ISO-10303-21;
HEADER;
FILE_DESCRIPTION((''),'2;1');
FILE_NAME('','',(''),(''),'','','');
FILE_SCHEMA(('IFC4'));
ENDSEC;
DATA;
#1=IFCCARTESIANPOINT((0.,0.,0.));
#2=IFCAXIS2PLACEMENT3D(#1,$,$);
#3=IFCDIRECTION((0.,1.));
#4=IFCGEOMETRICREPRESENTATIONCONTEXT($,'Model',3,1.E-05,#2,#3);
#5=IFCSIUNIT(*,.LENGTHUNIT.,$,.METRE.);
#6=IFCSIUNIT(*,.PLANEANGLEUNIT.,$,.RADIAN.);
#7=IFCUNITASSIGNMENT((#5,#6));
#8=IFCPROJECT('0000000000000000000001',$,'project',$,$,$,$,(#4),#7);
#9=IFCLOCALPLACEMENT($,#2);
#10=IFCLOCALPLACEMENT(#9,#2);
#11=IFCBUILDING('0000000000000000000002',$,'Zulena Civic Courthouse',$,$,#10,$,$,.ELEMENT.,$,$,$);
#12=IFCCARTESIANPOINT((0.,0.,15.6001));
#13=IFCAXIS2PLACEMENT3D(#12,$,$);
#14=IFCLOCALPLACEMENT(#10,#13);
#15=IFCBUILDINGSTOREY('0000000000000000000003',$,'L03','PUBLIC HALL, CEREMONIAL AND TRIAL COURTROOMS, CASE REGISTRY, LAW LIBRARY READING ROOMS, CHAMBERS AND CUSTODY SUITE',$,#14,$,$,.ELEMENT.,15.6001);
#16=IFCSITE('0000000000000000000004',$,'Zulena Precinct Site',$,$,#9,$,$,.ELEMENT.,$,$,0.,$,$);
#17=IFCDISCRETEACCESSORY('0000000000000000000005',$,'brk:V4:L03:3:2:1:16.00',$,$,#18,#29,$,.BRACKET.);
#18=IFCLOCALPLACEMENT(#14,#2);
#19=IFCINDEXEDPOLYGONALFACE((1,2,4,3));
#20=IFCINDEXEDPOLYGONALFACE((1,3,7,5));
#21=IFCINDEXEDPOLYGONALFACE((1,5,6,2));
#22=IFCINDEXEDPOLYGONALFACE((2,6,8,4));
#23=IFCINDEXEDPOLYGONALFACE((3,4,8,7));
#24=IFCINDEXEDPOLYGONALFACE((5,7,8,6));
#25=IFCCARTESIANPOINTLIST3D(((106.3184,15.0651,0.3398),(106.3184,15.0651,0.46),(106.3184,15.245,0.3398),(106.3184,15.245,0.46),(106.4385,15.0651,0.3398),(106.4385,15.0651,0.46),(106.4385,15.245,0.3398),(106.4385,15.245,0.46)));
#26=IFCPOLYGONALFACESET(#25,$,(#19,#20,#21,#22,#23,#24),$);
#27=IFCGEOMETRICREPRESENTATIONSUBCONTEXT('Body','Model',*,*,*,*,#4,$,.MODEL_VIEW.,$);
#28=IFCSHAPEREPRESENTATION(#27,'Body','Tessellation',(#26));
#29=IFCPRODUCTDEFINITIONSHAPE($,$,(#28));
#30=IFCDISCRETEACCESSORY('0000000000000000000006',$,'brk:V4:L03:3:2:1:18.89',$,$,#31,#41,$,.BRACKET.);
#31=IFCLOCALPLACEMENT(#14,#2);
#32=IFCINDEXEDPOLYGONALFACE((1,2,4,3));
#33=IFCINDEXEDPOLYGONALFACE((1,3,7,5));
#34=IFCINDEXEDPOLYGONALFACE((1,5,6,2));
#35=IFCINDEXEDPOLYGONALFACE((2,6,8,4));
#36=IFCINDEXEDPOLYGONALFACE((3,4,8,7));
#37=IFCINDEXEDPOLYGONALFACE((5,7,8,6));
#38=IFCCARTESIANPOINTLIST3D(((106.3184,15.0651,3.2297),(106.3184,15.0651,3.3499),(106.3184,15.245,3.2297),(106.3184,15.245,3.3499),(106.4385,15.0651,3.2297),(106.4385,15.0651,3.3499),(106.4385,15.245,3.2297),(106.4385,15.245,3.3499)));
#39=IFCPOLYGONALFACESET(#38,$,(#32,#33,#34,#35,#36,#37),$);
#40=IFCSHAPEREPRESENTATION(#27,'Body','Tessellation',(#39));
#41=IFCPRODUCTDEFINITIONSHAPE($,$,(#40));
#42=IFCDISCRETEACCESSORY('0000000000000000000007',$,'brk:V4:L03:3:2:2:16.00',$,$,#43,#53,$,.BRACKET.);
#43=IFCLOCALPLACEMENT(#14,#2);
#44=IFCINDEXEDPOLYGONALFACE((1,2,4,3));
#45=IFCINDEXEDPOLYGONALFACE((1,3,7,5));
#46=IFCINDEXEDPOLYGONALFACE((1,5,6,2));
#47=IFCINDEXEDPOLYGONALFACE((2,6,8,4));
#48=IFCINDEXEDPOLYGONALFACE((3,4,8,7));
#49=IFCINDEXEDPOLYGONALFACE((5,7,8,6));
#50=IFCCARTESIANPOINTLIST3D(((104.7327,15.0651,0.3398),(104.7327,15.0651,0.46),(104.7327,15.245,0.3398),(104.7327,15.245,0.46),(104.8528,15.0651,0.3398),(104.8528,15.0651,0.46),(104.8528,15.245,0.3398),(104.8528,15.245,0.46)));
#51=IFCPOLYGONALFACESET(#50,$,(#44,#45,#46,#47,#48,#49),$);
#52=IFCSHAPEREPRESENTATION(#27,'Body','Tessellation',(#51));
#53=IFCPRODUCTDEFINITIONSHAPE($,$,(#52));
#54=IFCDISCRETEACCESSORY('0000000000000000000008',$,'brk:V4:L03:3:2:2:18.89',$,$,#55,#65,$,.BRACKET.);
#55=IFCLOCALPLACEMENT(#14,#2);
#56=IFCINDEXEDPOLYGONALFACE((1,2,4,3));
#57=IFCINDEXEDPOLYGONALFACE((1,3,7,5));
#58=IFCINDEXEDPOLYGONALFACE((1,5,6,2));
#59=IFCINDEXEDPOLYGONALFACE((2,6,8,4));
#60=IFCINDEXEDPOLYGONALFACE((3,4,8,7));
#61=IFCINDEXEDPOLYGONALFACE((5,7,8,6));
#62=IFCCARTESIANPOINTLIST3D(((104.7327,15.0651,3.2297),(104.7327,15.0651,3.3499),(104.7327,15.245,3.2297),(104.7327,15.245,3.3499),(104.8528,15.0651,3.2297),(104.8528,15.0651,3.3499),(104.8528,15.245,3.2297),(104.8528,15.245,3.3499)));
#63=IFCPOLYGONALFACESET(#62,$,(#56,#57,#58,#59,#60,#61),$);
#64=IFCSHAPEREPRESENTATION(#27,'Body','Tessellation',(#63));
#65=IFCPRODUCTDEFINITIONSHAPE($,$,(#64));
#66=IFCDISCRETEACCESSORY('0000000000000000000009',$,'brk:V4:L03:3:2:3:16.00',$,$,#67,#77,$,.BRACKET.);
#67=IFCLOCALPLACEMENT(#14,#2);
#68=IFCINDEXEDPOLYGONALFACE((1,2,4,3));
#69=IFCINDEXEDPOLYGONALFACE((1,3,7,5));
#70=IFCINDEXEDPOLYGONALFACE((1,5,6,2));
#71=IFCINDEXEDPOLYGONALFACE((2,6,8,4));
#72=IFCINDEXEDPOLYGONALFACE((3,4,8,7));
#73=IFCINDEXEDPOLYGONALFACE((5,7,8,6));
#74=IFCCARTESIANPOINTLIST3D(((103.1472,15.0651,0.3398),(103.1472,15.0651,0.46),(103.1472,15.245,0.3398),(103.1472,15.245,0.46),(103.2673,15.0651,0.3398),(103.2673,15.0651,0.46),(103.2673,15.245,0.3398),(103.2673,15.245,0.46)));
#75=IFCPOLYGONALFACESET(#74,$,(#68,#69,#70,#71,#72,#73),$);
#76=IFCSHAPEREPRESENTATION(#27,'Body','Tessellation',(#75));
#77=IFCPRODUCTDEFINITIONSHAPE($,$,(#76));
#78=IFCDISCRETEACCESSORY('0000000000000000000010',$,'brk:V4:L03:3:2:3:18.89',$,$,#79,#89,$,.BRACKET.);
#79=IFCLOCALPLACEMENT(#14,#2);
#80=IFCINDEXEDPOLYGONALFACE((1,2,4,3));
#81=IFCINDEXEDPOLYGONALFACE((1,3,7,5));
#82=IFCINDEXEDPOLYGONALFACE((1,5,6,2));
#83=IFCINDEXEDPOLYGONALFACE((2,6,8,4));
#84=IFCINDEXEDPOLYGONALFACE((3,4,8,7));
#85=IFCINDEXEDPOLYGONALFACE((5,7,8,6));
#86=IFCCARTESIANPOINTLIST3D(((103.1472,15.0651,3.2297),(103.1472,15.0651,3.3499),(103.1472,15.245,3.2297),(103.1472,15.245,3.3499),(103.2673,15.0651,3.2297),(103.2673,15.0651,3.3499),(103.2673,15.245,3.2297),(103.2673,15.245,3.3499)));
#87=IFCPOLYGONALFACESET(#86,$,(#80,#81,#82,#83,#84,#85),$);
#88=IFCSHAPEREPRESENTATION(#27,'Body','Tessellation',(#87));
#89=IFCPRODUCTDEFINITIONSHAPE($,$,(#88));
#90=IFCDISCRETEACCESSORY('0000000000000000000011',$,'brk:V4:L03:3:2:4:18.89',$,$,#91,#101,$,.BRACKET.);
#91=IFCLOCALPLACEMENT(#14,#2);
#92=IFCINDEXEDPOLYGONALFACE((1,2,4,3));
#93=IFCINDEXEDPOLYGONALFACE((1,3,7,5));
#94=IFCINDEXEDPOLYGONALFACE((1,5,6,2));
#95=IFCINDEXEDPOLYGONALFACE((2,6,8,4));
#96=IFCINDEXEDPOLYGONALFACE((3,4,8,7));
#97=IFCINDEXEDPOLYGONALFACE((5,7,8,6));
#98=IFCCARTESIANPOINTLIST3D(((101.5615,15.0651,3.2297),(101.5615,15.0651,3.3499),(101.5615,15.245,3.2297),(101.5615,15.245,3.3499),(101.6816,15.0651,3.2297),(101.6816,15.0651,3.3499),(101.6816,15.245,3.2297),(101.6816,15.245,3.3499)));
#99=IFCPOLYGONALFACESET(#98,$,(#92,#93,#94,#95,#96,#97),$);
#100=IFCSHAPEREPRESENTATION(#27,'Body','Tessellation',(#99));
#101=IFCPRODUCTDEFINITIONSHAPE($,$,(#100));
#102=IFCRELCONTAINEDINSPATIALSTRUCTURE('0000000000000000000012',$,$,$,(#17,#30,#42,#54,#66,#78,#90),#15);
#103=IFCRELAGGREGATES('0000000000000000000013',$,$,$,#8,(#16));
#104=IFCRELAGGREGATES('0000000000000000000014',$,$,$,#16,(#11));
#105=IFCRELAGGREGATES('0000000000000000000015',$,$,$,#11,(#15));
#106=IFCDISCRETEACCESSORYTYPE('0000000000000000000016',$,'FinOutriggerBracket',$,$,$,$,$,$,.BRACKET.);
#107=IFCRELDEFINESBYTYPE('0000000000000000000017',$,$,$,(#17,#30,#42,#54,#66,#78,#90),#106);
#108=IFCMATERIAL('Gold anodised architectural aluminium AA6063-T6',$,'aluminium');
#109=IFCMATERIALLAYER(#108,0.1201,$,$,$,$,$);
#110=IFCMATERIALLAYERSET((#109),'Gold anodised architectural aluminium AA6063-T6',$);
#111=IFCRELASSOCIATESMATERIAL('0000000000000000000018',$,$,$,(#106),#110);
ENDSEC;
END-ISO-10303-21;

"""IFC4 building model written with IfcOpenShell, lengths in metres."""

from ifc_helpers import new_model, si_unit, direction, frame, origin, origin_2d, place, context, subcontext, project, spatial, rectangle, extrude, material, layer, layer_set, type_object, element, save


model = new_model("IFC4")

# Units and contexts
model_context = context("Model", 3, precision=1e-05, world=origin(), true_north=direction((0.0, 1.0)))
body_context = subcontext(model_context, "Body", "Model", "MODEL_VIEW")
ifc_project = project(units=[si_unit("LENGTHUNIT", "METRE"), si_unit("PLANEANGLEUNIT", "RADIAN")], contexts=[model_context])

# Site, building, storey
site_placement = place(None, origin())
site = spatial("IfcSite", under=ifc_project, at=site_placement, Name="Zulena Precinct Site", CompositionType="ELEMENT", RefElevation=0.0)
building_placement = place(site_placement, origin())
building = spatial("IfcBuilding", under=site, at=building_placement, Name="Zulena Civic Courthouse", CompositionType="ELEMENT")
storey_placement = place(building_placement, frame((0.0, 0.0, 15.6001)))
storey = spatial("IfcBuildingStorey", under=building, at=storey_placement, Name="L03", Description="PUBLIC HALL, CEREMONIAL AND TRIAL COURTROOMS, CASE REGISTRY, LAW LIBRARY READING ROOMS, CHAMBERS AND CUSTODY SUITE", CompositionType="ELEMENT", Elevation=15.6001)

# Shared definitions
ifc_material_1 = material(Name="Gold anodised architectural aluminium AA6063-T6", Category="aluminium")

# Discrete accessories
ifc_layer_1 = layer(ifc_material_1, 0.1201)
ifc_layer_set_1 = layer_set([ifc_layer_1], Name="Gold anodised architectural aluminium AA6063-T6")
discrete_accessory_type = type_object("IfcDiscreteAccessoryType", Name="FinOutriggerBracket", PredefinedType="BRACKET", material=ifc_layer_set_1)
for number, where, z_axis, x_axis, name in (
    (1, (106.3784, 15.155, 0.3398), (0.0, 0.0, 1.0), (0.0, -1.0, 0.0), "brk:V4:L03:3:2:1:16.00"),
    (2, (106.3784, 15.155, 3.2297), (0.0, 0.0, 1.0), (0.0, -1.0, 0.0), "brk:V4:L03:3:2:1:18.89"),
    (3, (104.7927, 15.155, 0.3398), (0.0, 0.0, 1.0), (0.0, -1.0, 0.0), "brk:V4:L03:3:2:2:16.00"),
    (4, (104.7927, 15.155, 3.2297), (0.0, 0.0, 1.0), (0.0, -1.0, 0.0), "brk:V4:L03:3:2:2:18.89"),
    (5, (103.2073, 15.155, 0.3398), (0.0, 0.0, 1.0), (0.0, -1.0, 0.0), "brk:V4:L03:3:2:3:16.00"),
    (6, (103.2073, 15.155, 3.2297), (0.0, 0.0, 1.0), (0.0, -1.0, 0.0), "brk:V4:L03:3:2:3:18.89"),
    (7, (101.6216, 15.155, 3.2297), (0.0, 0.0, 1.0), (0.0, -1.0, 0.0), "brk:V4:L03:3:2:4:18.89"),
):
    element("IfcDiscreteAccessory", number, at=place(storey_placement, frame(where, z_axis=z_axis, x_axis=x_axis)), inside=storey, type_object=discrete_accessory_type, Name=name, PredefinedType="BRACKET", context=body_context, shape_type="SweptSolid", body=[
        extrude(rectangle(XDim=0.1799, YDim=0.1201, at=origin_2d()), origin(), (0.0, 0.0, 1.0), 0.1201),
    ])

save(model, "model.ifc")
